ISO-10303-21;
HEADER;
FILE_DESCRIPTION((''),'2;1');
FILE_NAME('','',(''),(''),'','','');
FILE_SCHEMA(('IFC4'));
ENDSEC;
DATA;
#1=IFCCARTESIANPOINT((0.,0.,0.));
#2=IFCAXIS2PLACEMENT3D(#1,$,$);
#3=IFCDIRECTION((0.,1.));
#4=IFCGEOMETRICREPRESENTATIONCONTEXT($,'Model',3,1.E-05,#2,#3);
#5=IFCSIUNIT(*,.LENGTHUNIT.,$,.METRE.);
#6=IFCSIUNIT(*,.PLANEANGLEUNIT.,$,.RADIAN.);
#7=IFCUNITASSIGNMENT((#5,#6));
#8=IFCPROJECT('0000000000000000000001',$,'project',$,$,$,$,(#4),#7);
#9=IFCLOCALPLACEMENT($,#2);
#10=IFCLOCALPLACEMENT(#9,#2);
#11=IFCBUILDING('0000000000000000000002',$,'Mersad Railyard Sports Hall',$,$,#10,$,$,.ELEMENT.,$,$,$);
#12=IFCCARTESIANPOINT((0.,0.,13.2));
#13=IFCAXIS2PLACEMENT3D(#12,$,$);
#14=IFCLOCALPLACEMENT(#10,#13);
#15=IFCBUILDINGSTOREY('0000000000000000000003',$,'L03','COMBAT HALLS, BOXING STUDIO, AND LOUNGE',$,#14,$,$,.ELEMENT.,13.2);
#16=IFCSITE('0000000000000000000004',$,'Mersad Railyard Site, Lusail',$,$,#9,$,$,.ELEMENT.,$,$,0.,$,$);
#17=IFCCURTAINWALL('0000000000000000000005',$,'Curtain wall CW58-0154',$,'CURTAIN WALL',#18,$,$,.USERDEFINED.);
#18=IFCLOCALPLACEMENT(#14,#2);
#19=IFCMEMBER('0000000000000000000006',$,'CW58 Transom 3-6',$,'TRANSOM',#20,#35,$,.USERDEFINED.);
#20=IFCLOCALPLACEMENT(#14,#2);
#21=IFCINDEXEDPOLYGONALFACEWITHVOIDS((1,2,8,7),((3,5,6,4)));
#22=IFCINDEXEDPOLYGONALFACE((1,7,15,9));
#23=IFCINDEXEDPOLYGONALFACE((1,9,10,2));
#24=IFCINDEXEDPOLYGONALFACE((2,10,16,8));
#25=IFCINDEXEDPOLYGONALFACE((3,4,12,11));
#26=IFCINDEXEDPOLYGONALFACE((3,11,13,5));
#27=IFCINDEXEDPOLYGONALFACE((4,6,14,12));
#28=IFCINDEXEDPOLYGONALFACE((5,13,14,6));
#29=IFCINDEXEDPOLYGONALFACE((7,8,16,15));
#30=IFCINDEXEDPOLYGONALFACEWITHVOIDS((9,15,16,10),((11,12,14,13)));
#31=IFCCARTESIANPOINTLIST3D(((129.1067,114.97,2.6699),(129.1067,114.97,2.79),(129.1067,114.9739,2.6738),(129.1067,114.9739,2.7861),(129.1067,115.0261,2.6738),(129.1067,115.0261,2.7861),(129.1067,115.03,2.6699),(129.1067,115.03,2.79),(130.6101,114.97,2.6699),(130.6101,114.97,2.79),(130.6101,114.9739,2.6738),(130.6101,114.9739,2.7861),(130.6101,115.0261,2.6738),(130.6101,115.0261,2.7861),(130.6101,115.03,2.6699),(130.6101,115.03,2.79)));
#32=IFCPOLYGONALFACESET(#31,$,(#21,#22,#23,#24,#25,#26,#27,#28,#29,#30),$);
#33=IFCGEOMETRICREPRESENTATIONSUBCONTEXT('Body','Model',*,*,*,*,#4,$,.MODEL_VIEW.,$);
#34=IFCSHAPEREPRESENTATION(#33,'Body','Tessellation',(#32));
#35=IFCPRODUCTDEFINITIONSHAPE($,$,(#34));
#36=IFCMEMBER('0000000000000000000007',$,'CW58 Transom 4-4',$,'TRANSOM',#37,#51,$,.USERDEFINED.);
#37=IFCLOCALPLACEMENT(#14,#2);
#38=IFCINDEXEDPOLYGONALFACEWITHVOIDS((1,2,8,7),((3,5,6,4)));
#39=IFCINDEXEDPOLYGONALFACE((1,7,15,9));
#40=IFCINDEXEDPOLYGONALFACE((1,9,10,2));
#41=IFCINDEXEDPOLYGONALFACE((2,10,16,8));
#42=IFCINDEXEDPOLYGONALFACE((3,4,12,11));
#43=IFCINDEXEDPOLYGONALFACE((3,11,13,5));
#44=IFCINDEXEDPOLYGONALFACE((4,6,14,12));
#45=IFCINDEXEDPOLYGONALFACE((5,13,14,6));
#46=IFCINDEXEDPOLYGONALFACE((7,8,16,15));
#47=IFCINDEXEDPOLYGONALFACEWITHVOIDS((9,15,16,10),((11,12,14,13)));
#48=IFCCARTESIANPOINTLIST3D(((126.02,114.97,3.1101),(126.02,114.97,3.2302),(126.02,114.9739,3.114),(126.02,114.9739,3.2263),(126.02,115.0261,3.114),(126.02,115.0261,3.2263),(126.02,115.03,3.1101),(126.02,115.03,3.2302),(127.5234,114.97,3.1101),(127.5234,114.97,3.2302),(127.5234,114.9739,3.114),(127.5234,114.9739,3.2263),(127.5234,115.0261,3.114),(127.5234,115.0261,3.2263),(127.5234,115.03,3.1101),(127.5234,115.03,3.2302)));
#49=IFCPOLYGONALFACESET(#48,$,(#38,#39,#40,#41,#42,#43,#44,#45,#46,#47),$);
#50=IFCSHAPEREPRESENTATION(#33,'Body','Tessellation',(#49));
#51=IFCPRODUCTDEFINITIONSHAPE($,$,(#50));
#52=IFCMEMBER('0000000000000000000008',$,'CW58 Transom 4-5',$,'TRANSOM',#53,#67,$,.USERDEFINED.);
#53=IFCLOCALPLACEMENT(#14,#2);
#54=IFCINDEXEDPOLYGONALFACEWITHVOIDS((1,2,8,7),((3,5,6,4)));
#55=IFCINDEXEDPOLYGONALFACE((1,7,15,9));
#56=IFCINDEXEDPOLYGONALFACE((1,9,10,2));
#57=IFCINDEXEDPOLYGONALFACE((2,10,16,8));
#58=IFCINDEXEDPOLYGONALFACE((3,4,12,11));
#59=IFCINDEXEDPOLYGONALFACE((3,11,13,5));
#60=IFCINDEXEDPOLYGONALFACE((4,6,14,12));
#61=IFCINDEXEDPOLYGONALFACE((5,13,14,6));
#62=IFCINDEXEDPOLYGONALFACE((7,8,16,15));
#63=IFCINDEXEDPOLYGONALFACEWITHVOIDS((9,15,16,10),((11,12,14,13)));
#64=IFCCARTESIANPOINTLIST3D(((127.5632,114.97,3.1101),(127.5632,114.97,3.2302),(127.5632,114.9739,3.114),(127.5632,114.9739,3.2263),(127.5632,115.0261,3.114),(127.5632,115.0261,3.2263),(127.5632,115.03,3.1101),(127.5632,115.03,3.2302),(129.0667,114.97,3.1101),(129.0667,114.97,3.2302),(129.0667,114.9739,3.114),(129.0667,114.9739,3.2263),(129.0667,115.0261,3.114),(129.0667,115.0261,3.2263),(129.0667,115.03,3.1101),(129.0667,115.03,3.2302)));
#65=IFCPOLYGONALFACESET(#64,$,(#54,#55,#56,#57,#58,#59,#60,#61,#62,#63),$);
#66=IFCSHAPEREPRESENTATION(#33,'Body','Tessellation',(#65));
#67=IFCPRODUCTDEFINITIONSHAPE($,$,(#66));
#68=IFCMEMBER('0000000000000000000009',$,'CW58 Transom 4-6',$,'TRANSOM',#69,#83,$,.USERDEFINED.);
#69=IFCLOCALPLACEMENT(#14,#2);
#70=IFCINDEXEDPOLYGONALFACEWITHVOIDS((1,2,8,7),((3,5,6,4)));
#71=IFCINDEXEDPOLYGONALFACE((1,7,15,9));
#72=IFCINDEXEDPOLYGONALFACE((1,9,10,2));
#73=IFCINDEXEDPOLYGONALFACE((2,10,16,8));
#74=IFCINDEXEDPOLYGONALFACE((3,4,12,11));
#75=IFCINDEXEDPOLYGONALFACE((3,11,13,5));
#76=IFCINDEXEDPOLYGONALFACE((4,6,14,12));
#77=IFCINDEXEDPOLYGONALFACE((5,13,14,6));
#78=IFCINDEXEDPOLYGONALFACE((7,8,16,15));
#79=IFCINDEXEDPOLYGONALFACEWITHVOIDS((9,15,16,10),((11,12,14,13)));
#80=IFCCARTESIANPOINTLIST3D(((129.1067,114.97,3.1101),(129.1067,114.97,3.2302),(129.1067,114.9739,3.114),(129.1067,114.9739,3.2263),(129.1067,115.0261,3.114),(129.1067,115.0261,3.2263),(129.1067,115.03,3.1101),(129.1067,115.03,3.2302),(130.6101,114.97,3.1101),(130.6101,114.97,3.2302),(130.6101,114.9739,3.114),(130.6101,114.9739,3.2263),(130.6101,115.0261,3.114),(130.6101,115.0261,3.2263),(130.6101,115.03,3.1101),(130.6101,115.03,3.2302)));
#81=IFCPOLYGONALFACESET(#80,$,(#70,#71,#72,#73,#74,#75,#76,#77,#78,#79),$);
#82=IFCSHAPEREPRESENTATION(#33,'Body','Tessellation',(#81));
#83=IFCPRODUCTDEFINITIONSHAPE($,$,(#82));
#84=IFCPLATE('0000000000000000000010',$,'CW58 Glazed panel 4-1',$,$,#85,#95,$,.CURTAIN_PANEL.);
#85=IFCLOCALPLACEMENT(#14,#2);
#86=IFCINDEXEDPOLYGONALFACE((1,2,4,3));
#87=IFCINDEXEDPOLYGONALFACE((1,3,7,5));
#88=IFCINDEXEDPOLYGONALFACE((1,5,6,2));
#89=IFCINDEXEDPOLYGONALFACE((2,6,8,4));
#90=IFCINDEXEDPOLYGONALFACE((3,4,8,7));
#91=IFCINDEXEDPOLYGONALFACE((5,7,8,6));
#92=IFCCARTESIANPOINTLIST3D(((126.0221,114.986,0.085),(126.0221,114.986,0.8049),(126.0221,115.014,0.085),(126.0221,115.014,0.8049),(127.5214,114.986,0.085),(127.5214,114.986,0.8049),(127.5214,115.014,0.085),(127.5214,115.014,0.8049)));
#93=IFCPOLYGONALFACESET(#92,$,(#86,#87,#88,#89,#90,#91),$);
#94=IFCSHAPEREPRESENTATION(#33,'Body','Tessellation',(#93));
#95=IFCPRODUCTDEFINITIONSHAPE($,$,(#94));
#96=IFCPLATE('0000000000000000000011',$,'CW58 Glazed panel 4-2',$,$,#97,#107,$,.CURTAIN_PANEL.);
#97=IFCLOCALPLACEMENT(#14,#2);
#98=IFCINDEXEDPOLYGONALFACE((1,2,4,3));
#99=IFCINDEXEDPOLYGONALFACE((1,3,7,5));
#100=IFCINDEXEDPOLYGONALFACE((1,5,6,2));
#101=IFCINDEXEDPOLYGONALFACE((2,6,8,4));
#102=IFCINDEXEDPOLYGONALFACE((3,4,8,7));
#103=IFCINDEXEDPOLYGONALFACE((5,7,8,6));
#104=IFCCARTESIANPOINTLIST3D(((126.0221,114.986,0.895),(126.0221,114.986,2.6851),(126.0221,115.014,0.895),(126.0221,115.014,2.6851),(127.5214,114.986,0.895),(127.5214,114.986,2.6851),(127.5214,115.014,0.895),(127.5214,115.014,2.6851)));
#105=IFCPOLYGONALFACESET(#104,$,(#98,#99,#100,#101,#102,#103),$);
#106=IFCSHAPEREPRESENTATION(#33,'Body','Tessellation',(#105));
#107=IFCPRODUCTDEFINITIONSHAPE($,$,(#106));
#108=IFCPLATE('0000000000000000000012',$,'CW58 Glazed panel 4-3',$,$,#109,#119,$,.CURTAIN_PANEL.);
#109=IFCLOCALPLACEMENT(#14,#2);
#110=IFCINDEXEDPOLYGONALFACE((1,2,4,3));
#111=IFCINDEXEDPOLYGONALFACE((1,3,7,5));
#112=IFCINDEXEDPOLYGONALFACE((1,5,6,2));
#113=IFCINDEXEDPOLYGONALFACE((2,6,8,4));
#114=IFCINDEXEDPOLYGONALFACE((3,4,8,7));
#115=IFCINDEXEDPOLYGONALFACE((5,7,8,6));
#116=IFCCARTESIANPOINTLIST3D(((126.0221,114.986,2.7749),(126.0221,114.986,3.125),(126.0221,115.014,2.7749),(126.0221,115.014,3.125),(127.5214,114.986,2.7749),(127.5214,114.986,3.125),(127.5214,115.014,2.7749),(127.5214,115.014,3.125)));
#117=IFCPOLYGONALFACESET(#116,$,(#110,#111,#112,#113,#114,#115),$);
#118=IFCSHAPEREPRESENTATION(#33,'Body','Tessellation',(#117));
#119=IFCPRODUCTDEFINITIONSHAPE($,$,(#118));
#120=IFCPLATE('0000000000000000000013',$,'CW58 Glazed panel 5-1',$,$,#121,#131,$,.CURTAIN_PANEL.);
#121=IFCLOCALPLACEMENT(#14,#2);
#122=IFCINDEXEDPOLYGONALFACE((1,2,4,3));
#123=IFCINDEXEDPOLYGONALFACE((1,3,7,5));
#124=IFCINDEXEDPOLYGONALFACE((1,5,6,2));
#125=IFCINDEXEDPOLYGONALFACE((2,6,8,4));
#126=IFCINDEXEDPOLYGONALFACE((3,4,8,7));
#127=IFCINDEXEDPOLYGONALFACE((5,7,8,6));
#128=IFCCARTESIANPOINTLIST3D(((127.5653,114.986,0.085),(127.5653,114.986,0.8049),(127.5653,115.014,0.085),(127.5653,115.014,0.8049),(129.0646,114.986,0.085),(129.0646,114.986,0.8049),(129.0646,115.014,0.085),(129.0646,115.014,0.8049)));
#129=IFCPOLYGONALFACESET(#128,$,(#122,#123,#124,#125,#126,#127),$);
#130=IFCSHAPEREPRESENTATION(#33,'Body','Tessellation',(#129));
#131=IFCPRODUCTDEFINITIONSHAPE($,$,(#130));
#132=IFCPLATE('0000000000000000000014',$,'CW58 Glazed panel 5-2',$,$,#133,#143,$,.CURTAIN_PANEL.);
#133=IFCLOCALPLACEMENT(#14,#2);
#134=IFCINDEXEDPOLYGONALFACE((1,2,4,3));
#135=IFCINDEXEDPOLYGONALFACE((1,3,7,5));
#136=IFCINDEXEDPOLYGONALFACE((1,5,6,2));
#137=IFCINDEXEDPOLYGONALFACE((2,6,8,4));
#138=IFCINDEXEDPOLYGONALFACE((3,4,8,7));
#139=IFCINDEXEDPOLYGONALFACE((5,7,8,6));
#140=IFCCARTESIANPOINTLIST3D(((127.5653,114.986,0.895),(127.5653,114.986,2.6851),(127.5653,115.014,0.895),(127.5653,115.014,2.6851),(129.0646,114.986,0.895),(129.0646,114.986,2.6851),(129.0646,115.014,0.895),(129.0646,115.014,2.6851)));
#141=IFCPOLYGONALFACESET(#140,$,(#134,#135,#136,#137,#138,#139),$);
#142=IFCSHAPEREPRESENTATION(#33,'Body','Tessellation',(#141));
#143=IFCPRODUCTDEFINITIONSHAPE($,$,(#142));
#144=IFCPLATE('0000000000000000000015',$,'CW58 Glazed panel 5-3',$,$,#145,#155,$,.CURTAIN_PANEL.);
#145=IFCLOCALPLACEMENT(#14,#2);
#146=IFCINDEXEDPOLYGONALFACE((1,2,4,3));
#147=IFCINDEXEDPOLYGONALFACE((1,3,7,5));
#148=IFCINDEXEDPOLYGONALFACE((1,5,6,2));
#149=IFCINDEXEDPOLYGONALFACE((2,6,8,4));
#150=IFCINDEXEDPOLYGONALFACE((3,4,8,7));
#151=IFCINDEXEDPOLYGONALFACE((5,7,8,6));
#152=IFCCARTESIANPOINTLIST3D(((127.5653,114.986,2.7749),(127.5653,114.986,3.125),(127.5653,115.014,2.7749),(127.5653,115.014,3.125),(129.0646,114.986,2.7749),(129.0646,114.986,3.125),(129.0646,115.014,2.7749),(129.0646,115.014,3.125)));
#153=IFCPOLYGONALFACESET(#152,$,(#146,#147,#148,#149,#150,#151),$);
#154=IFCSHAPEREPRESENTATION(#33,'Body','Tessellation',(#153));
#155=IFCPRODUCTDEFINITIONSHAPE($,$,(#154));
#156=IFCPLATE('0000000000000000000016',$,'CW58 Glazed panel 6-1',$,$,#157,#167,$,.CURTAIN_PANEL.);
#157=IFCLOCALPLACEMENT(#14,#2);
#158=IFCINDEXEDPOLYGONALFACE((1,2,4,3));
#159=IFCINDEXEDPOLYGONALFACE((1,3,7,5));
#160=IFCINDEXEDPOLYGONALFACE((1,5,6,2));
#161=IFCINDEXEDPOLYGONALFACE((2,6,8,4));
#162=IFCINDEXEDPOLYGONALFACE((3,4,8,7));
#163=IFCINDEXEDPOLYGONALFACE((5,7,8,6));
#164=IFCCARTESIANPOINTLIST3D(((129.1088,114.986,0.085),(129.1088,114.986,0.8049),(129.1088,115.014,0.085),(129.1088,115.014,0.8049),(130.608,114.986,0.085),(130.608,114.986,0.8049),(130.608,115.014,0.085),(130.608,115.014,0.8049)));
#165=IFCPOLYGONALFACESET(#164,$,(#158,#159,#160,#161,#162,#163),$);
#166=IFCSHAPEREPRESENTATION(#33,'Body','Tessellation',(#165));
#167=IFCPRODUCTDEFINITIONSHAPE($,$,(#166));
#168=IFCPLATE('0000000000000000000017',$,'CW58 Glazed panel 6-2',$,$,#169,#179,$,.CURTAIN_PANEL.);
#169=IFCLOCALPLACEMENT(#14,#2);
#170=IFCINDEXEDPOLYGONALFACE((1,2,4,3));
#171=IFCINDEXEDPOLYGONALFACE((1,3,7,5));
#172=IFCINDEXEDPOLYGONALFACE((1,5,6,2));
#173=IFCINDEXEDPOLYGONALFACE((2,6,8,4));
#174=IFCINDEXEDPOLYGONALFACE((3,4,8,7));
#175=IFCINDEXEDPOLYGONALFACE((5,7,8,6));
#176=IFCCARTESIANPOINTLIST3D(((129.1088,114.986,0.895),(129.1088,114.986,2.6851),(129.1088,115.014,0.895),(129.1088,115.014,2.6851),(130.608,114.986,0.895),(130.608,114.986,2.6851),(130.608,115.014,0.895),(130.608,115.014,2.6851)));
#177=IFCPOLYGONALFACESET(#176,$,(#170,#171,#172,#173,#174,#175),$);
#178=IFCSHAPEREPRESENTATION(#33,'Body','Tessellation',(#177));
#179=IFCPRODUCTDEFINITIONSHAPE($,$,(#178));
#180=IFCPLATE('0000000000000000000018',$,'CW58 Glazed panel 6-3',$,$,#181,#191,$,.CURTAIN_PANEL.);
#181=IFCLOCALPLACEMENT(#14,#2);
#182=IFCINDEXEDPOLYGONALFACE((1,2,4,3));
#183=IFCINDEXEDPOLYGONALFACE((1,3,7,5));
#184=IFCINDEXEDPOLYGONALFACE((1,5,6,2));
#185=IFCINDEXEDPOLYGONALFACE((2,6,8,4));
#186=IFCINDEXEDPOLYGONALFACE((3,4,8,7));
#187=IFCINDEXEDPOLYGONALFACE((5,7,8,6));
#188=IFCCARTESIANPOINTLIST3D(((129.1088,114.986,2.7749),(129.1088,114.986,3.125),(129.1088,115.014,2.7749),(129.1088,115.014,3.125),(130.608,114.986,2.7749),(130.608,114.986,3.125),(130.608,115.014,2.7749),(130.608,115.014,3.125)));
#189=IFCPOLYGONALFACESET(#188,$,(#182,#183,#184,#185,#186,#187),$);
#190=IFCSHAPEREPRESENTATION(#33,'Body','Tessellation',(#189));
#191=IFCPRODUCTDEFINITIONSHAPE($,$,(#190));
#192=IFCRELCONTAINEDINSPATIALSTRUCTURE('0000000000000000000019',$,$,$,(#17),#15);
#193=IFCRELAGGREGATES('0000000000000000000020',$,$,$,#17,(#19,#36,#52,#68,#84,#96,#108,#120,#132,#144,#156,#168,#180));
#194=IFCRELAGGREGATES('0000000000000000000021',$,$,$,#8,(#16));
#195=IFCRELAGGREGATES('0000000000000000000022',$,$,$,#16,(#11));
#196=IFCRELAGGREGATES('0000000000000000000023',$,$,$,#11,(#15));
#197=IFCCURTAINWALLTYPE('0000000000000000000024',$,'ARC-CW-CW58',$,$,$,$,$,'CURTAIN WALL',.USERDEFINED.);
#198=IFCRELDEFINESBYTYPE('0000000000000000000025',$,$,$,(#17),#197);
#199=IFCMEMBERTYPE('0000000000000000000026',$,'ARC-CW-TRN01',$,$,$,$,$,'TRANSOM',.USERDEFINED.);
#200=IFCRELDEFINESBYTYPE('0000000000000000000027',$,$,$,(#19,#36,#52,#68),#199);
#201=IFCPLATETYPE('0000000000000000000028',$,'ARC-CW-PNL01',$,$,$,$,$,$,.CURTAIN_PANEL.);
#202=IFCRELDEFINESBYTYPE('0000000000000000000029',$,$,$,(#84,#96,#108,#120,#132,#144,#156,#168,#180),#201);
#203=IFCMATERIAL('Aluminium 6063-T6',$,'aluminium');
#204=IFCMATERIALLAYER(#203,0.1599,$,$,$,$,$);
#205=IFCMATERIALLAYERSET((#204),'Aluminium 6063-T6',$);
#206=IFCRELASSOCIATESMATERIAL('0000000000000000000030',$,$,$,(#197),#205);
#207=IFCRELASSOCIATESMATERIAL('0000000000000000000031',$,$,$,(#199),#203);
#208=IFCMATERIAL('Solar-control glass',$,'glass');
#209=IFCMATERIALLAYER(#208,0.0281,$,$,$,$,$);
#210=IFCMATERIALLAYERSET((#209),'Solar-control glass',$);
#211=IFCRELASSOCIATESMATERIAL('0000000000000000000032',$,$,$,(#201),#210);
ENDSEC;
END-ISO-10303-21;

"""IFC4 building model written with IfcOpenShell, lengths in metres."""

from ifc_helpers import new_model, si_unit, direction, frame, origin, origin_2d, place, context, subcontext, project, spatial, rectangle, hollow_rectangle, extrude, material, layer, layer_set, material_profile, profile_set, type_object, element, aggregate, save


model = new_model("IFC4")

# Units and contexts
model_context = context("Model", 3, precision=1e-05, world=origin(), true_north=direction((0.0, 1.0)))
body_context = subcontext(model_context, "Body", "Model", "MODEL_VIEW")
ifc_project = project(units=[si_unit("LENGTHUNIT", "METRE"), si_unit("PLANEANGLEUNIT", "RADIAN")], contexts=[model_context])

# Site, building, storey
site_placement = place(None, origin())
site = spatial("IfcSite", under=ifc_project, at=site_placement, Name="Mersad Railyard Site, Lusail", CompositionType="ELEMENT", RefElevation=0.0)
building_placement = place(site_placement, origin())
building = spatial("IfcBuilding", under=site, at=building_placement, Name="Mersad Railyard Sports Hall", CompositionType="ELEMENT")
storey_placement = place(building_placement, frame((0.0, 0.0, 13.2)))
storey = spatial("IfcBuildingStorey", under=building, at=storey_placement, Name="L03", Description="COMBAT HALLS, BOXING STUDIO, AND LOUNGE", CompositionType="ELEMENT", Elevation=13.2)

# Curtain wall, members, plates
ifc_material_1 = material(Name="Aluminium 6063-T6", Category="aluminium")
ifc_layer_1 = layer(ifc_material_1, 0.1599)
ifc_layer_set_1 = layer_set([ifc_layer_1], Name="Aluminium 6063-T6")
curtain_wall_type = type_object("IfcCurtainWallType", Name="ARC-CW-CW58", ElementType="CURTAIN WALL", PredefinedType="USERDEFINED", material=ifc_layer_set_1)
curtain_wall_placement = place(storey_placement, origin())
curtain_wall = element("IfcCurtainWall", 1, at=curtain_wall_placement, inside=storey, type_object=curtain_wall_type, Name="Curtain wall CW58-0154", ObjectType="CURTAIN WALL", PredefinedType="USERDEFINED")
ifc_material_profile_1 = material_profile(ifc_material_1, hollow_rectangle(XDim=0.0601, YDim=0.1201, WallThickness=0.0039, at=origin_2d()), Name="AL TRANSOM 60x120x4")
ifc_profile_set_1 = profile_set([ifc_material_profile_1], Name="Aluminium 6063-T6")
member_type_1 = type_object("IfcMemberType", Name="ARC-CW-TRN01", ElementType="TRANSOM", PredefinedType="USERDEFINED", material=ifc_profile_set_1)
member_1_placement = place(storey_placement, frame((129.1067, 115.0, 2.73), z_axis=(1.0, 0.0, 0.0), x_axis=(0.0, 1.0, 0.0)))
member_1 = element("IfcMember", 2, at=member_1_placement, type_object=member_type_1, Name="CW58 Transom 3-6", ObjectType="TRANSOM", PredefinedType="USERDEFINED", context=body_context, shape_type="SweptSolid", body=[
    extrude(hollow_rectangle(XDim=0.0601, YDim=0.1201, WallThickness=0.0039, at=origin_2d()), origin(), (0.0, 0.0, 1.0), 1.5034),
])
member_2_placement = place(storey_placement, frame((126.02, 115.0, 3.1702), z_axis=(1.0, 0.0, 0.0), x_axis=(0.0, 1.0, 0.0)))
member_2 = element("IfcMember", 3, at=member_2_placement, type_object=member_type_1, Name="CW58 Transom 4-4", ObjectType="TRANSOM", PredefinedType="USERDEFINED", context=body_context, shape_type="SweptSolid", body=[
    extrude(hollow_rectangle(XDim=0.0601, YDim=0.1201, WallThickness=0.0039, at=origin_2d()), origin(), (0.0, 0.0, 1.0), 1.5034),
])
member_3_placement = place(storey_placement, frame((127.5632, 115.0, 3.1702), z_axis=(1.0, 0.0, 0.0), x_axis=(0.0, 1.0, 0.0)))
member_3 = element("IfcMember", 4, at=member_3_placement, type_object=member_type_1, Name="CW58 Transom 4-5", ObjectType="TRANSOM", PredefinedType="USERDEFINED", context=body_context, shape_type="SweptSolid", body=[
    extrude(hollow_rectangle(XDim=0.0601, YDim=0.1201, WallThickness=0.0039, at=origin_2d()), origin(), (0.0, 0.0, 1.0), 1.5034),
])
member_4_placement = place(storey_placement, frame((129.1067, 115.0, 3.1702), z_axis=(1.0, 0.0, 0.0), x_axis=(0.0, 1.0, 0.0)))
member_4 = element("IfcMember", 5, at=member_4_placement, type_object=member_type_1, Name="CW58 Transom 4-6", ObjectType="TRANSOM", PredefinedType="USERDEFINED", context=body_context, shape_type="SweptSolid", body=[
    extrude(hollow_rectangle(XDim=0.0601, YDim=0.1201, WallThickness=0.0039, at=origin_2d()), origin(), (0.0, 0.0, 1.0), 1.5034),
])
ifc_material_2 = material(Name="Solar-control glass", Category="glass")
ifc_layer_2 = layer(ifc_material_2, 0.0281)
ifc_layer_set_2 = layer_set([ifc_layer_2], Name="Solar-control glass")
plate_type = type_object("IfcPlateType", Name="ARC-CW-PNL01", PredefinedType="CURTAIN_PANEL", material=ifc_layer_set_2)
plate_1_placement = place(storey_placement, frame((126.7717, 115.0, 0.085), z_axis=(0.0, 0.0, 1.0), x_axis=(1.0, 0.0, 0.0)))
plate_1 = element("IfcPlate", 6, at=plate_1_placement, type_object=plate_type, Name="CW58 Glazed panel 4-1", PredefinedType="CURTAIN_PANEL", context=body_context, shape_type="SweptSolid", body=[
    extrude(rectangle(XDim=1.4993, YDim=0.0281, at=origin_2d()), origin(), (0.0, 0.0, 1.0), 0.72),
])
plate_2_placement = place(storey_placement, frame((126.7717, 115.0, 0.895), z_axis=(0.0, 0.0, 1.0), x_axis=(1.0, 0.0, 0.0)))
plate_2 = element("IfcPlate", 7, at=plate_2_placement, type_object=plate_type, Name="CW58 Glazed panel 4-2", PredefinedType="CURTAIN_PANEL", context=body_context, shape_type="SweptSolid", body=[
    extrude(rectangle(XDim=1.4993, YDim=0.0281, at=origin_2d()), origin(), (0.0, 0.0, 1.0), 1.79),
])
plate_3_placement = place(storey_placement, frame((126.7717, 115.0, 2.7749), z_axis=(0.0, 0.0, 1.0), x_axis=(1.0, 0.0, 0.0)))
plate_3 = element("IfcPlate", 8, at=plate_3_placement, type_object=plate_type, Name="CW58 Glazed panel 4-3", PredefinedType="CURTAIN_PANEL", context=body_context, shape_type="SweptSolid", body=[
    extrude(rectangle(XDim=1.4993, YDim=0.0281, at=origin_2d()), origin(), (0.0, 0.0, 1.0), 0.3501),
])
plate_4_placement = place(storey_placement, frame((128.3149, 115.0, 0.085), z_axis=(0.0, 0.0, 1.0), x_axis=(1.0, 0.0, 0.0)))
plate_4 = element("IfcPlate", 9, at=plate_4_placement, type_object=plate_type, Name="CW58 Glazed panel 5-1", PredefinedType="CURTAIN_PANEL", context=body_context, shape_type="SweptSolid", body=[
    extrude(rectangle(XDim=1.4993, YDim=0.0281, at=origin_2d()), origin(), (0.0, 0.0, 1.0), 0.72),
])
plate_5_placement = place(storey_placement, frame((128.3149, 115.0, 0.895), z_axis=(0.0, 0.0, 1.0), x_axis=(1.0, 0.0, 0.0)))
plate_5 = element("IfcPlate", 10, at=plate_5_placement, type_object=plate_type, Name="CW58 Glazed panel 5-2", PredefinedType="CURTAIN_PANEL", context=body_context, shape_type="SweptSolid", body=[
    extrude(rectangle(XDim=1.4993, YDim=0.0281, at=origin_2d()), origin(), (0.0, 0.0, 1.0), 1.79),
])
plate_6_placement = place(storey_placement, frame((128.3149, 115.0, 2.7749), z_axis=(0.0, 0.0, 1.0), x_axis=(1.0, 0.0, 0.0)))
plate_6 = element("IfcPlate", 11, at=plate_6_placement, type_object=plate_type, Name="CW58 Glazed panel 5-3", PredefinedType="CURTAIN_PANEL", context=body_context, shape_type="SweptSolid", body=[
    extrude(rectangle(XDim=1.4993, YDim=0.0281, at=origin_2d()), origin(), (0.0, 0.0, 1.0), 0.3501),
])
plate_7_placement = place(storey_placement, frame((129.8584, 115.0, 0.085), z_axis=(0.0, 0.0, 1.0), x_axis=(1.0, 0.0, 0.0)))
plate_7 = element("IfcPlate", 12, at=plate_7_placement, type_object=plate_type, Name="CW58 Glazed panel 6-1", PredefinedType="CURTAIN_PANEL", context=body_context, shape_type="SweptSolid", body=[
    extrude(rectangle(XDim=1.4993, YDim=0.0281, at=origin_2d()), origin(), (0.0, 0.0, 1.0), 0.72),
])
plate_8_placement = place(storey_placement, frame((129.8584, 115.0, 0.895), z_axis=(0.0, 0.0, 1.0), x_axis=(1.0, 0.0, 0.0)))
plate_8 = element("IfcPlate", 13, at=plate_8_placement, type_object=plate_type, Name="CW58 Glazed panel 6-2", PredefinedType="CURTAIN_PANEL", context=body_context, shape_type="SweptSolid", body=[
    extrude(rectangle(XDim=1.4993, YDim=0.0281, at=origin_2d()), origin(), (0.0, 0.0, 1.0), 1.79),
])
plate_9_placement = place(storey_placement, frame((129.8584, 115.0, 2.7749), z_axis=(0.0, 0.0, 1.0), x_axis=(1.0, 0.0, 0.0)))
plate_9 = element("IfcPlate", 14, at=plate_9_placement, type_object=plate_type, Name="CW58 Glazed panel 6-3", PredefinedType="CURTAIN_PANEL", context=body_context, shape_type="SweptSolid", body=[
    extrude(rectangle(XDim=1.4993, YDim=0.0281, at=origin_2d()), origin(), (0.0, 0.0, 1.0), 0.3501),
])
aggregate(curtain_wall, [member_1, member_2, member_3, member_4, plate_1, plate_2, plate_3, plate_4, plate_5, plate_6, plate_7, plate_8, plate_9])

save(model, "model.ifc")
